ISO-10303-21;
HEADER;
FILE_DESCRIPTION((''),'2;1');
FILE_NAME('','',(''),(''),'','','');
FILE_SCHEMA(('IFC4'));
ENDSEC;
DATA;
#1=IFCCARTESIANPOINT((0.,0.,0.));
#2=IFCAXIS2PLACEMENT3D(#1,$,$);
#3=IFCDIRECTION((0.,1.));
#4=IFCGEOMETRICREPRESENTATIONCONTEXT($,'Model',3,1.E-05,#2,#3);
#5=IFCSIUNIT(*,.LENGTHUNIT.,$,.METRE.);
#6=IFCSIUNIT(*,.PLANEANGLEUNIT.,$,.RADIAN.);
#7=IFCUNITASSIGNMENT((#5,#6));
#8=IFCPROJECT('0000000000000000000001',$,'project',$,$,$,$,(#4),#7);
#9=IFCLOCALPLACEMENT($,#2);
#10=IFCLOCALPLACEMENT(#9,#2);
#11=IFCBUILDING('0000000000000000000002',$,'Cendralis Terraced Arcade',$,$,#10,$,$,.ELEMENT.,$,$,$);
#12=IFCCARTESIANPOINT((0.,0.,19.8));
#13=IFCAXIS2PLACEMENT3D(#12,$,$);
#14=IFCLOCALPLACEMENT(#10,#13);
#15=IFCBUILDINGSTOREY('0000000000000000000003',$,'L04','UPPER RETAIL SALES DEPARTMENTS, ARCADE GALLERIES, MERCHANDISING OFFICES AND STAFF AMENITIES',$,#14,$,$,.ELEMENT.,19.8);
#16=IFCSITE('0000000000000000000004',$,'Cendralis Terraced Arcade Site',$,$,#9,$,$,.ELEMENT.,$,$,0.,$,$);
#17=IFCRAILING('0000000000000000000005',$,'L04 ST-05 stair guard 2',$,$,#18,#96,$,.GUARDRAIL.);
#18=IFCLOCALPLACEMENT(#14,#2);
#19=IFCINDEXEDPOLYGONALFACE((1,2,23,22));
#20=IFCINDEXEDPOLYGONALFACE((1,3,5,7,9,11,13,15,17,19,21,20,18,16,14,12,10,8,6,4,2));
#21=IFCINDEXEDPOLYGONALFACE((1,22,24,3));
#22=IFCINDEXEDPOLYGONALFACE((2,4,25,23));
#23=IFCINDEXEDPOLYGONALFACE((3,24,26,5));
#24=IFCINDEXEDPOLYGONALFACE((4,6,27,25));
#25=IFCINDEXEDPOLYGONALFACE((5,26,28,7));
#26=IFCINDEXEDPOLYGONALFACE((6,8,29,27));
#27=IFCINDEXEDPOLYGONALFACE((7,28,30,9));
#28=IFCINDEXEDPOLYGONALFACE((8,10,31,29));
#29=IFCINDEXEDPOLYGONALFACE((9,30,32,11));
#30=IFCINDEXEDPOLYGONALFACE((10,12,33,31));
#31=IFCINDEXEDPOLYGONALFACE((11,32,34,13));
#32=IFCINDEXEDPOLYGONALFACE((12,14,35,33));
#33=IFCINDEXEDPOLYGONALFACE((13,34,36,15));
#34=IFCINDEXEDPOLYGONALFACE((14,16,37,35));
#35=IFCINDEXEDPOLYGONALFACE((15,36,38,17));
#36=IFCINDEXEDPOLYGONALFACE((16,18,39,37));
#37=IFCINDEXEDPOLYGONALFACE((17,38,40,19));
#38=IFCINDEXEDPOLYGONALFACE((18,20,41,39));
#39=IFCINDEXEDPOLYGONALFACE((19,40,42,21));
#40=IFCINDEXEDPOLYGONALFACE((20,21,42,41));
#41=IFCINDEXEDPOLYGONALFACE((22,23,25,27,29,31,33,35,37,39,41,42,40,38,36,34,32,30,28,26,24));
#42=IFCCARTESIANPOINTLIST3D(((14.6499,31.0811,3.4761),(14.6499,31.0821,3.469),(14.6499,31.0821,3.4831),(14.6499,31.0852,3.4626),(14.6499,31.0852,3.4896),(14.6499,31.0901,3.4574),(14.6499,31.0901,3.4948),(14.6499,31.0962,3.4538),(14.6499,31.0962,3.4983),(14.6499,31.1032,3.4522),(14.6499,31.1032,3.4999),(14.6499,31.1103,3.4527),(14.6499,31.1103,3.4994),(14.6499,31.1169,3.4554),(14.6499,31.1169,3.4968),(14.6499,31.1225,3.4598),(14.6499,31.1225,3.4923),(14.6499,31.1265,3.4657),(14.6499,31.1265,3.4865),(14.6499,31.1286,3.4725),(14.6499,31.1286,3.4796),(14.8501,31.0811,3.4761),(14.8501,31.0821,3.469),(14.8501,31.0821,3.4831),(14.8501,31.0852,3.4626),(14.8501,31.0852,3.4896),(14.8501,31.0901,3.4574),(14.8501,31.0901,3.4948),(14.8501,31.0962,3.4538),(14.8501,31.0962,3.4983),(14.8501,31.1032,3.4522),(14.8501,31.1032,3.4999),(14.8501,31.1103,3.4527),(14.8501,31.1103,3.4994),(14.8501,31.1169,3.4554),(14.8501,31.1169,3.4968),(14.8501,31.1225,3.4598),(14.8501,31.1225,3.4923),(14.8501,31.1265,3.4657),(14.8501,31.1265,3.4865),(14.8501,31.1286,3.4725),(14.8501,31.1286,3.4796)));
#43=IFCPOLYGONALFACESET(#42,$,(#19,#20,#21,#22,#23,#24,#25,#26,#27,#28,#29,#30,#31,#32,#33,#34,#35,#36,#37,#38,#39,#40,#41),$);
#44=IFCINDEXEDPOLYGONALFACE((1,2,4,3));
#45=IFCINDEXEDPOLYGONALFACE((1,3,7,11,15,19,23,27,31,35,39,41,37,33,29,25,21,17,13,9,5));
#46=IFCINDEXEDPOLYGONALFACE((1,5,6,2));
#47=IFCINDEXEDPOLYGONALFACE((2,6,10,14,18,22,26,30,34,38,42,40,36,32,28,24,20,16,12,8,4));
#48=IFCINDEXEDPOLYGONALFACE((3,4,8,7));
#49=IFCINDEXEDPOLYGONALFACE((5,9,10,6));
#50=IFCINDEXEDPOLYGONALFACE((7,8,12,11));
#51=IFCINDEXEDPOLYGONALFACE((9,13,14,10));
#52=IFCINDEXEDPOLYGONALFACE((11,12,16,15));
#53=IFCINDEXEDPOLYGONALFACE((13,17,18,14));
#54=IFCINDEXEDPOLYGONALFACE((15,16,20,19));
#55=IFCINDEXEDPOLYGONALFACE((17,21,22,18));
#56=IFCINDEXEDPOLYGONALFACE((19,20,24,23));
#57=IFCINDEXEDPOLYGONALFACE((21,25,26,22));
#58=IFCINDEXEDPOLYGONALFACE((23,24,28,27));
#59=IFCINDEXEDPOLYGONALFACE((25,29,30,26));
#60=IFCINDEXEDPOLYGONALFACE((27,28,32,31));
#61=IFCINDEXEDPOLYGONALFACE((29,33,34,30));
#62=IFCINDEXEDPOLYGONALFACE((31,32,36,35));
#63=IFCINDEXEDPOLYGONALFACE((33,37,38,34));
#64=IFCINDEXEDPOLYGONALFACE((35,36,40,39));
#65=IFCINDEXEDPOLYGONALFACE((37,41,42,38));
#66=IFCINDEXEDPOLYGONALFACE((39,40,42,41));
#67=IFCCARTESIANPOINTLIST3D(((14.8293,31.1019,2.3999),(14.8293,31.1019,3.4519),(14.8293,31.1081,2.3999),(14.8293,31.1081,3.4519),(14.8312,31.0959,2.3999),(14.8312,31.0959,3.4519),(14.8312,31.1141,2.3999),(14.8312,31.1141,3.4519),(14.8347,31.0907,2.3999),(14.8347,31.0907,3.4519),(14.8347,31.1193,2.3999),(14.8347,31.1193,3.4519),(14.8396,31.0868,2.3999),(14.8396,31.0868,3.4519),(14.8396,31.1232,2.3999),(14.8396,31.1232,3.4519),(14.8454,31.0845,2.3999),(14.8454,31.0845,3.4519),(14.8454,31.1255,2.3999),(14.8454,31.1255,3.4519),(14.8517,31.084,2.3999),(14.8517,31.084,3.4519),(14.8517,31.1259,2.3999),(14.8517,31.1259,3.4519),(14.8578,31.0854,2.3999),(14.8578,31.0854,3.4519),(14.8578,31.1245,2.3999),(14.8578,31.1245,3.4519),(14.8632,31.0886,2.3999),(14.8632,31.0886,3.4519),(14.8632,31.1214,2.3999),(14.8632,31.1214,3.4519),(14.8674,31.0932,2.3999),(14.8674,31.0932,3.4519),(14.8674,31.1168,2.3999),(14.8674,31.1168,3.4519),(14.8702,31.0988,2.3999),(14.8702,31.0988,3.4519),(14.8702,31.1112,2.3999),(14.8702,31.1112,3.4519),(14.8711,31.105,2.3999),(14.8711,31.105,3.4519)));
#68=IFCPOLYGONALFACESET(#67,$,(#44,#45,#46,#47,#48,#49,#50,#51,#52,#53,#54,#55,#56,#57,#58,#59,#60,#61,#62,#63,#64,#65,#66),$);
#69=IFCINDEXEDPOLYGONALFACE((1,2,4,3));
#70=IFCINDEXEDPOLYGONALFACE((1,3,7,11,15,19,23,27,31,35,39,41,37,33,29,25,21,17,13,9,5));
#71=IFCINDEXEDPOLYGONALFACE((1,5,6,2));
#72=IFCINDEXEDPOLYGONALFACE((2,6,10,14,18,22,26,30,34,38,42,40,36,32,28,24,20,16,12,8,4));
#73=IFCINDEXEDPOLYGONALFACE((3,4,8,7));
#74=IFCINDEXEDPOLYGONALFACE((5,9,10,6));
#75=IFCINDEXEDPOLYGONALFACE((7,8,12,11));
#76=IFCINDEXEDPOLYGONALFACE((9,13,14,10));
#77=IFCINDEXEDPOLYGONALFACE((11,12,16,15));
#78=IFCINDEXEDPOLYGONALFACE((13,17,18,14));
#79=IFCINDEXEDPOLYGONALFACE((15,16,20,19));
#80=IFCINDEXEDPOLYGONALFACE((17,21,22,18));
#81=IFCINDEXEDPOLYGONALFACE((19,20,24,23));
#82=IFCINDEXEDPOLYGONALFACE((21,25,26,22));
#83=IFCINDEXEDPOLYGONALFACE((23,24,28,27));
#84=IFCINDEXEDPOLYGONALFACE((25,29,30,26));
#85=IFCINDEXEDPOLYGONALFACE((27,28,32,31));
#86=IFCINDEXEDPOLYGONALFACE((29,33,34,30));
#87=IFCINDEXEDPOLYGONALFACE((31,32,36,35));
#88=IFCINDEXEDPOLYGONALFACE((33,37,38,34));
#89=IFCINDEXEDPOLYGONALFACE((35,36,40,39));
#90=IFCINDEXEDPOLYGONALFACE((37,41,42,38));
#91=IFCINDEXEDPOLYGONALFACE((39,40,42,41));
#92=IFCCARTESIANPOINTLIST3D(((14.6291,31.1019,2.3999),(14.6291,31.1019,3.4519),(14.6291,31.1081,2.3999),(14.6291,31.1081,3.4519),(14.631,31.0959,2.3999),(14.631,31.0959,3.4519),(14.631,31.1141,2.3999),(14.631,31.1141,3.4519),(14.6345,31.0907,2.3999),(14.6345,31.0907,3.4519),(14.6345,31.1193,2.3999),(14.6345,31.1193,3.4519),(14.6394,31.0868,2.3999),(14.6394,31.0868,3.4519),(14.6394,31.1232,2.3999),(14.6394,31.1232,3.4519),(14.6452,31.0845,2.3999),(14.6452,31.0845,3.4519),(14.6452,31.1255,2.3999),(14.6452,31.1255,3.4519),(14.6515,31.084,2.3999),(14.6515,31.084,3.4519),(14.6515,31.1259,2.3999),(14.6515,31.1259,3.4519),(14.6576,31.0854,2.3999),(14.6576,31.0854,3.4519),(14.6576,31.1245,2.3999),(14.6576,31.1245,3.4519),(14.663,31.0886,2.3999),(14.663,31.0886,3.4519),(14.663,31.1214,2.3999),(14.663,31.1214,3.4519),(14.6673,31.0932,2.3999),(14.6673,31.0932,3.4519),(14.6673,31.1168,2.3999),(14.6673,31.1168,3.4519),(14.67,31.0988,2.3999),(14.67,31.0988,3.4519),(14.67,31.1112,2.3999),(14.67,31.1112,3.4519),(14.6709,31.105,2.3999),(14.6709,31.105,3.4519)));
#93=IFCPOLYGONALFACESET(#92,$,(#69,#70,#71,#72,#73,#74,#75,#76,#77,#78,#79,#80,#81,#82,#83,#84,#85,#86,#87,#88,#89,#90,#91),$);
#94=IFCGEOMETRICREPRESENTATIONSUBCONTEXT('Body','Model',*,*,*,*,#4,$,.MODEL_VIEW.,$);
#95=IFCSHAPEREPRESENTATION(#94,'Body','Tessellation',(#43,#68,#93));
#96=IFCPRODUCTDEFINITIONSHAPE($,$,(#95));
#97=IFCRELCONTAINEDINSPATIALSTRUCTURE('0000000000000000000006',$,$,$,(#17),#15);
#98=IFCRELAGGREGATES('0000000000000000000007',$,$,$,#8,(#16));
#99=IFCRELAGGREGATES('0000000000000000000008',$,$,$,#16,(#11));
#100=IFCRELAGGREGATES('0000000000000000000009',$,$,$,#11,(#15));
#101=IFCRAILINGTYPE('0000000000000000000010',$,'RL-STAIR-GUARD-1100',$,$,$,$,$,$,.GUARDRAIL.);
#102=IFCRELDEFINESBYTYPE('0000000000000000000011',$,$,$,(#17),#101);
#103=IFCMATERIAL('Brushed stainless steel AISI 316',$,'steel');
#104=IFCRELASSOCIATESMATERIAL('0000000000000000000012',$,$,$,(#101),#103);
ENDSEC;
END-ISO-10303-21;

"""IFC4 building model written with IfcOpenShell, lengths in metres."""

from ifc_helpers import new_model, si_unit, direction, frame, origin, origin_2d, place, context, subcontext, project, spatial, circle, extrude, material, type_object, element, save


model = new_model("IFC4")

# Units and contexts
model_context = context("Model", 3, precision=1e-05, world=origin(), true_north=direction((0.0, 1.0)))
body_context = subcontext(model_context, "Body", "Model", "MODEL_VIEW")
ifc_project = project(units=[si_unit("LENGTHUNIT", "METRE"), si_unit("PLANEANGLEUNIT", "RADIAN")], contexts=[model_context])

# Site, building, storey
site_placement = place(None, origin())
site = spatial("IfcSite", under=ifc_project, at=site_placement, Name="Cendralis Terraced Arcade Site", CompositionType="ELEMENT", RefElevation=0.0)
building_placement = place(site_placement, origin())
building = spatial("IfcBuilding", under=site, at=building_placement, Name="Cendralis Terraced Arcade", CompositionType="ELEMENT")
storey_placement = place(building_placement, frame((0.0, 0.0, 19.8)))
storey = spatial("IfcBuildingStorey", under=building, at=storey_placement, Name="L04", Description="UPPER RETAIL SALES DEPARTMENTS, ARCADE GALLERIES, MERCHANDISING OFFICES AND STAFF AMENITIES", CompositionType="ELEMENT", Elevation=19.8)

# Railing
ifc_material_1 = material(Name="Brushed stainless steel AISI 316", Category="steel")
railing_type_1 = type_object("IfcRailingType", Name="RL-STAIR-GUARD-1100", PredefinedType="GUARDRAIL", material=ifc_material_1)
railing_1_placement = place(storey_placement, frame((14.8501, 31.105, 2.3999)))
element("IfcRailing", 1, at=railing_1_placement, inside=storey, type_object=railing_type_1, Name="L04 ST-05 stair guard 2", PredefinedType="GUARDRAIL", context=body_context, shape_type="SweptSolid", body=[
    extrude(circle(Radius=0.0239, at=origin_2d()), frame((0.0, 0.0, 1.0762), z_axis=(-1.0, 0.0, 0.0), x_axis=(0.0, -1.0, 0.0)), (0.0, 0.0, 1.0), 0.2002),
    extrude(circle(Radius=0.021, at=origin_2d()), origin(), (0.0, 0.0, 1.0), 1.052),
    extrude(circle(Radius=0.021, at=origin_2d()), frame((-0.2002, 0.0, 0.0)), (0.0, 0.0, 1.0), 1.052),
])

save(model, "model.ifc")
